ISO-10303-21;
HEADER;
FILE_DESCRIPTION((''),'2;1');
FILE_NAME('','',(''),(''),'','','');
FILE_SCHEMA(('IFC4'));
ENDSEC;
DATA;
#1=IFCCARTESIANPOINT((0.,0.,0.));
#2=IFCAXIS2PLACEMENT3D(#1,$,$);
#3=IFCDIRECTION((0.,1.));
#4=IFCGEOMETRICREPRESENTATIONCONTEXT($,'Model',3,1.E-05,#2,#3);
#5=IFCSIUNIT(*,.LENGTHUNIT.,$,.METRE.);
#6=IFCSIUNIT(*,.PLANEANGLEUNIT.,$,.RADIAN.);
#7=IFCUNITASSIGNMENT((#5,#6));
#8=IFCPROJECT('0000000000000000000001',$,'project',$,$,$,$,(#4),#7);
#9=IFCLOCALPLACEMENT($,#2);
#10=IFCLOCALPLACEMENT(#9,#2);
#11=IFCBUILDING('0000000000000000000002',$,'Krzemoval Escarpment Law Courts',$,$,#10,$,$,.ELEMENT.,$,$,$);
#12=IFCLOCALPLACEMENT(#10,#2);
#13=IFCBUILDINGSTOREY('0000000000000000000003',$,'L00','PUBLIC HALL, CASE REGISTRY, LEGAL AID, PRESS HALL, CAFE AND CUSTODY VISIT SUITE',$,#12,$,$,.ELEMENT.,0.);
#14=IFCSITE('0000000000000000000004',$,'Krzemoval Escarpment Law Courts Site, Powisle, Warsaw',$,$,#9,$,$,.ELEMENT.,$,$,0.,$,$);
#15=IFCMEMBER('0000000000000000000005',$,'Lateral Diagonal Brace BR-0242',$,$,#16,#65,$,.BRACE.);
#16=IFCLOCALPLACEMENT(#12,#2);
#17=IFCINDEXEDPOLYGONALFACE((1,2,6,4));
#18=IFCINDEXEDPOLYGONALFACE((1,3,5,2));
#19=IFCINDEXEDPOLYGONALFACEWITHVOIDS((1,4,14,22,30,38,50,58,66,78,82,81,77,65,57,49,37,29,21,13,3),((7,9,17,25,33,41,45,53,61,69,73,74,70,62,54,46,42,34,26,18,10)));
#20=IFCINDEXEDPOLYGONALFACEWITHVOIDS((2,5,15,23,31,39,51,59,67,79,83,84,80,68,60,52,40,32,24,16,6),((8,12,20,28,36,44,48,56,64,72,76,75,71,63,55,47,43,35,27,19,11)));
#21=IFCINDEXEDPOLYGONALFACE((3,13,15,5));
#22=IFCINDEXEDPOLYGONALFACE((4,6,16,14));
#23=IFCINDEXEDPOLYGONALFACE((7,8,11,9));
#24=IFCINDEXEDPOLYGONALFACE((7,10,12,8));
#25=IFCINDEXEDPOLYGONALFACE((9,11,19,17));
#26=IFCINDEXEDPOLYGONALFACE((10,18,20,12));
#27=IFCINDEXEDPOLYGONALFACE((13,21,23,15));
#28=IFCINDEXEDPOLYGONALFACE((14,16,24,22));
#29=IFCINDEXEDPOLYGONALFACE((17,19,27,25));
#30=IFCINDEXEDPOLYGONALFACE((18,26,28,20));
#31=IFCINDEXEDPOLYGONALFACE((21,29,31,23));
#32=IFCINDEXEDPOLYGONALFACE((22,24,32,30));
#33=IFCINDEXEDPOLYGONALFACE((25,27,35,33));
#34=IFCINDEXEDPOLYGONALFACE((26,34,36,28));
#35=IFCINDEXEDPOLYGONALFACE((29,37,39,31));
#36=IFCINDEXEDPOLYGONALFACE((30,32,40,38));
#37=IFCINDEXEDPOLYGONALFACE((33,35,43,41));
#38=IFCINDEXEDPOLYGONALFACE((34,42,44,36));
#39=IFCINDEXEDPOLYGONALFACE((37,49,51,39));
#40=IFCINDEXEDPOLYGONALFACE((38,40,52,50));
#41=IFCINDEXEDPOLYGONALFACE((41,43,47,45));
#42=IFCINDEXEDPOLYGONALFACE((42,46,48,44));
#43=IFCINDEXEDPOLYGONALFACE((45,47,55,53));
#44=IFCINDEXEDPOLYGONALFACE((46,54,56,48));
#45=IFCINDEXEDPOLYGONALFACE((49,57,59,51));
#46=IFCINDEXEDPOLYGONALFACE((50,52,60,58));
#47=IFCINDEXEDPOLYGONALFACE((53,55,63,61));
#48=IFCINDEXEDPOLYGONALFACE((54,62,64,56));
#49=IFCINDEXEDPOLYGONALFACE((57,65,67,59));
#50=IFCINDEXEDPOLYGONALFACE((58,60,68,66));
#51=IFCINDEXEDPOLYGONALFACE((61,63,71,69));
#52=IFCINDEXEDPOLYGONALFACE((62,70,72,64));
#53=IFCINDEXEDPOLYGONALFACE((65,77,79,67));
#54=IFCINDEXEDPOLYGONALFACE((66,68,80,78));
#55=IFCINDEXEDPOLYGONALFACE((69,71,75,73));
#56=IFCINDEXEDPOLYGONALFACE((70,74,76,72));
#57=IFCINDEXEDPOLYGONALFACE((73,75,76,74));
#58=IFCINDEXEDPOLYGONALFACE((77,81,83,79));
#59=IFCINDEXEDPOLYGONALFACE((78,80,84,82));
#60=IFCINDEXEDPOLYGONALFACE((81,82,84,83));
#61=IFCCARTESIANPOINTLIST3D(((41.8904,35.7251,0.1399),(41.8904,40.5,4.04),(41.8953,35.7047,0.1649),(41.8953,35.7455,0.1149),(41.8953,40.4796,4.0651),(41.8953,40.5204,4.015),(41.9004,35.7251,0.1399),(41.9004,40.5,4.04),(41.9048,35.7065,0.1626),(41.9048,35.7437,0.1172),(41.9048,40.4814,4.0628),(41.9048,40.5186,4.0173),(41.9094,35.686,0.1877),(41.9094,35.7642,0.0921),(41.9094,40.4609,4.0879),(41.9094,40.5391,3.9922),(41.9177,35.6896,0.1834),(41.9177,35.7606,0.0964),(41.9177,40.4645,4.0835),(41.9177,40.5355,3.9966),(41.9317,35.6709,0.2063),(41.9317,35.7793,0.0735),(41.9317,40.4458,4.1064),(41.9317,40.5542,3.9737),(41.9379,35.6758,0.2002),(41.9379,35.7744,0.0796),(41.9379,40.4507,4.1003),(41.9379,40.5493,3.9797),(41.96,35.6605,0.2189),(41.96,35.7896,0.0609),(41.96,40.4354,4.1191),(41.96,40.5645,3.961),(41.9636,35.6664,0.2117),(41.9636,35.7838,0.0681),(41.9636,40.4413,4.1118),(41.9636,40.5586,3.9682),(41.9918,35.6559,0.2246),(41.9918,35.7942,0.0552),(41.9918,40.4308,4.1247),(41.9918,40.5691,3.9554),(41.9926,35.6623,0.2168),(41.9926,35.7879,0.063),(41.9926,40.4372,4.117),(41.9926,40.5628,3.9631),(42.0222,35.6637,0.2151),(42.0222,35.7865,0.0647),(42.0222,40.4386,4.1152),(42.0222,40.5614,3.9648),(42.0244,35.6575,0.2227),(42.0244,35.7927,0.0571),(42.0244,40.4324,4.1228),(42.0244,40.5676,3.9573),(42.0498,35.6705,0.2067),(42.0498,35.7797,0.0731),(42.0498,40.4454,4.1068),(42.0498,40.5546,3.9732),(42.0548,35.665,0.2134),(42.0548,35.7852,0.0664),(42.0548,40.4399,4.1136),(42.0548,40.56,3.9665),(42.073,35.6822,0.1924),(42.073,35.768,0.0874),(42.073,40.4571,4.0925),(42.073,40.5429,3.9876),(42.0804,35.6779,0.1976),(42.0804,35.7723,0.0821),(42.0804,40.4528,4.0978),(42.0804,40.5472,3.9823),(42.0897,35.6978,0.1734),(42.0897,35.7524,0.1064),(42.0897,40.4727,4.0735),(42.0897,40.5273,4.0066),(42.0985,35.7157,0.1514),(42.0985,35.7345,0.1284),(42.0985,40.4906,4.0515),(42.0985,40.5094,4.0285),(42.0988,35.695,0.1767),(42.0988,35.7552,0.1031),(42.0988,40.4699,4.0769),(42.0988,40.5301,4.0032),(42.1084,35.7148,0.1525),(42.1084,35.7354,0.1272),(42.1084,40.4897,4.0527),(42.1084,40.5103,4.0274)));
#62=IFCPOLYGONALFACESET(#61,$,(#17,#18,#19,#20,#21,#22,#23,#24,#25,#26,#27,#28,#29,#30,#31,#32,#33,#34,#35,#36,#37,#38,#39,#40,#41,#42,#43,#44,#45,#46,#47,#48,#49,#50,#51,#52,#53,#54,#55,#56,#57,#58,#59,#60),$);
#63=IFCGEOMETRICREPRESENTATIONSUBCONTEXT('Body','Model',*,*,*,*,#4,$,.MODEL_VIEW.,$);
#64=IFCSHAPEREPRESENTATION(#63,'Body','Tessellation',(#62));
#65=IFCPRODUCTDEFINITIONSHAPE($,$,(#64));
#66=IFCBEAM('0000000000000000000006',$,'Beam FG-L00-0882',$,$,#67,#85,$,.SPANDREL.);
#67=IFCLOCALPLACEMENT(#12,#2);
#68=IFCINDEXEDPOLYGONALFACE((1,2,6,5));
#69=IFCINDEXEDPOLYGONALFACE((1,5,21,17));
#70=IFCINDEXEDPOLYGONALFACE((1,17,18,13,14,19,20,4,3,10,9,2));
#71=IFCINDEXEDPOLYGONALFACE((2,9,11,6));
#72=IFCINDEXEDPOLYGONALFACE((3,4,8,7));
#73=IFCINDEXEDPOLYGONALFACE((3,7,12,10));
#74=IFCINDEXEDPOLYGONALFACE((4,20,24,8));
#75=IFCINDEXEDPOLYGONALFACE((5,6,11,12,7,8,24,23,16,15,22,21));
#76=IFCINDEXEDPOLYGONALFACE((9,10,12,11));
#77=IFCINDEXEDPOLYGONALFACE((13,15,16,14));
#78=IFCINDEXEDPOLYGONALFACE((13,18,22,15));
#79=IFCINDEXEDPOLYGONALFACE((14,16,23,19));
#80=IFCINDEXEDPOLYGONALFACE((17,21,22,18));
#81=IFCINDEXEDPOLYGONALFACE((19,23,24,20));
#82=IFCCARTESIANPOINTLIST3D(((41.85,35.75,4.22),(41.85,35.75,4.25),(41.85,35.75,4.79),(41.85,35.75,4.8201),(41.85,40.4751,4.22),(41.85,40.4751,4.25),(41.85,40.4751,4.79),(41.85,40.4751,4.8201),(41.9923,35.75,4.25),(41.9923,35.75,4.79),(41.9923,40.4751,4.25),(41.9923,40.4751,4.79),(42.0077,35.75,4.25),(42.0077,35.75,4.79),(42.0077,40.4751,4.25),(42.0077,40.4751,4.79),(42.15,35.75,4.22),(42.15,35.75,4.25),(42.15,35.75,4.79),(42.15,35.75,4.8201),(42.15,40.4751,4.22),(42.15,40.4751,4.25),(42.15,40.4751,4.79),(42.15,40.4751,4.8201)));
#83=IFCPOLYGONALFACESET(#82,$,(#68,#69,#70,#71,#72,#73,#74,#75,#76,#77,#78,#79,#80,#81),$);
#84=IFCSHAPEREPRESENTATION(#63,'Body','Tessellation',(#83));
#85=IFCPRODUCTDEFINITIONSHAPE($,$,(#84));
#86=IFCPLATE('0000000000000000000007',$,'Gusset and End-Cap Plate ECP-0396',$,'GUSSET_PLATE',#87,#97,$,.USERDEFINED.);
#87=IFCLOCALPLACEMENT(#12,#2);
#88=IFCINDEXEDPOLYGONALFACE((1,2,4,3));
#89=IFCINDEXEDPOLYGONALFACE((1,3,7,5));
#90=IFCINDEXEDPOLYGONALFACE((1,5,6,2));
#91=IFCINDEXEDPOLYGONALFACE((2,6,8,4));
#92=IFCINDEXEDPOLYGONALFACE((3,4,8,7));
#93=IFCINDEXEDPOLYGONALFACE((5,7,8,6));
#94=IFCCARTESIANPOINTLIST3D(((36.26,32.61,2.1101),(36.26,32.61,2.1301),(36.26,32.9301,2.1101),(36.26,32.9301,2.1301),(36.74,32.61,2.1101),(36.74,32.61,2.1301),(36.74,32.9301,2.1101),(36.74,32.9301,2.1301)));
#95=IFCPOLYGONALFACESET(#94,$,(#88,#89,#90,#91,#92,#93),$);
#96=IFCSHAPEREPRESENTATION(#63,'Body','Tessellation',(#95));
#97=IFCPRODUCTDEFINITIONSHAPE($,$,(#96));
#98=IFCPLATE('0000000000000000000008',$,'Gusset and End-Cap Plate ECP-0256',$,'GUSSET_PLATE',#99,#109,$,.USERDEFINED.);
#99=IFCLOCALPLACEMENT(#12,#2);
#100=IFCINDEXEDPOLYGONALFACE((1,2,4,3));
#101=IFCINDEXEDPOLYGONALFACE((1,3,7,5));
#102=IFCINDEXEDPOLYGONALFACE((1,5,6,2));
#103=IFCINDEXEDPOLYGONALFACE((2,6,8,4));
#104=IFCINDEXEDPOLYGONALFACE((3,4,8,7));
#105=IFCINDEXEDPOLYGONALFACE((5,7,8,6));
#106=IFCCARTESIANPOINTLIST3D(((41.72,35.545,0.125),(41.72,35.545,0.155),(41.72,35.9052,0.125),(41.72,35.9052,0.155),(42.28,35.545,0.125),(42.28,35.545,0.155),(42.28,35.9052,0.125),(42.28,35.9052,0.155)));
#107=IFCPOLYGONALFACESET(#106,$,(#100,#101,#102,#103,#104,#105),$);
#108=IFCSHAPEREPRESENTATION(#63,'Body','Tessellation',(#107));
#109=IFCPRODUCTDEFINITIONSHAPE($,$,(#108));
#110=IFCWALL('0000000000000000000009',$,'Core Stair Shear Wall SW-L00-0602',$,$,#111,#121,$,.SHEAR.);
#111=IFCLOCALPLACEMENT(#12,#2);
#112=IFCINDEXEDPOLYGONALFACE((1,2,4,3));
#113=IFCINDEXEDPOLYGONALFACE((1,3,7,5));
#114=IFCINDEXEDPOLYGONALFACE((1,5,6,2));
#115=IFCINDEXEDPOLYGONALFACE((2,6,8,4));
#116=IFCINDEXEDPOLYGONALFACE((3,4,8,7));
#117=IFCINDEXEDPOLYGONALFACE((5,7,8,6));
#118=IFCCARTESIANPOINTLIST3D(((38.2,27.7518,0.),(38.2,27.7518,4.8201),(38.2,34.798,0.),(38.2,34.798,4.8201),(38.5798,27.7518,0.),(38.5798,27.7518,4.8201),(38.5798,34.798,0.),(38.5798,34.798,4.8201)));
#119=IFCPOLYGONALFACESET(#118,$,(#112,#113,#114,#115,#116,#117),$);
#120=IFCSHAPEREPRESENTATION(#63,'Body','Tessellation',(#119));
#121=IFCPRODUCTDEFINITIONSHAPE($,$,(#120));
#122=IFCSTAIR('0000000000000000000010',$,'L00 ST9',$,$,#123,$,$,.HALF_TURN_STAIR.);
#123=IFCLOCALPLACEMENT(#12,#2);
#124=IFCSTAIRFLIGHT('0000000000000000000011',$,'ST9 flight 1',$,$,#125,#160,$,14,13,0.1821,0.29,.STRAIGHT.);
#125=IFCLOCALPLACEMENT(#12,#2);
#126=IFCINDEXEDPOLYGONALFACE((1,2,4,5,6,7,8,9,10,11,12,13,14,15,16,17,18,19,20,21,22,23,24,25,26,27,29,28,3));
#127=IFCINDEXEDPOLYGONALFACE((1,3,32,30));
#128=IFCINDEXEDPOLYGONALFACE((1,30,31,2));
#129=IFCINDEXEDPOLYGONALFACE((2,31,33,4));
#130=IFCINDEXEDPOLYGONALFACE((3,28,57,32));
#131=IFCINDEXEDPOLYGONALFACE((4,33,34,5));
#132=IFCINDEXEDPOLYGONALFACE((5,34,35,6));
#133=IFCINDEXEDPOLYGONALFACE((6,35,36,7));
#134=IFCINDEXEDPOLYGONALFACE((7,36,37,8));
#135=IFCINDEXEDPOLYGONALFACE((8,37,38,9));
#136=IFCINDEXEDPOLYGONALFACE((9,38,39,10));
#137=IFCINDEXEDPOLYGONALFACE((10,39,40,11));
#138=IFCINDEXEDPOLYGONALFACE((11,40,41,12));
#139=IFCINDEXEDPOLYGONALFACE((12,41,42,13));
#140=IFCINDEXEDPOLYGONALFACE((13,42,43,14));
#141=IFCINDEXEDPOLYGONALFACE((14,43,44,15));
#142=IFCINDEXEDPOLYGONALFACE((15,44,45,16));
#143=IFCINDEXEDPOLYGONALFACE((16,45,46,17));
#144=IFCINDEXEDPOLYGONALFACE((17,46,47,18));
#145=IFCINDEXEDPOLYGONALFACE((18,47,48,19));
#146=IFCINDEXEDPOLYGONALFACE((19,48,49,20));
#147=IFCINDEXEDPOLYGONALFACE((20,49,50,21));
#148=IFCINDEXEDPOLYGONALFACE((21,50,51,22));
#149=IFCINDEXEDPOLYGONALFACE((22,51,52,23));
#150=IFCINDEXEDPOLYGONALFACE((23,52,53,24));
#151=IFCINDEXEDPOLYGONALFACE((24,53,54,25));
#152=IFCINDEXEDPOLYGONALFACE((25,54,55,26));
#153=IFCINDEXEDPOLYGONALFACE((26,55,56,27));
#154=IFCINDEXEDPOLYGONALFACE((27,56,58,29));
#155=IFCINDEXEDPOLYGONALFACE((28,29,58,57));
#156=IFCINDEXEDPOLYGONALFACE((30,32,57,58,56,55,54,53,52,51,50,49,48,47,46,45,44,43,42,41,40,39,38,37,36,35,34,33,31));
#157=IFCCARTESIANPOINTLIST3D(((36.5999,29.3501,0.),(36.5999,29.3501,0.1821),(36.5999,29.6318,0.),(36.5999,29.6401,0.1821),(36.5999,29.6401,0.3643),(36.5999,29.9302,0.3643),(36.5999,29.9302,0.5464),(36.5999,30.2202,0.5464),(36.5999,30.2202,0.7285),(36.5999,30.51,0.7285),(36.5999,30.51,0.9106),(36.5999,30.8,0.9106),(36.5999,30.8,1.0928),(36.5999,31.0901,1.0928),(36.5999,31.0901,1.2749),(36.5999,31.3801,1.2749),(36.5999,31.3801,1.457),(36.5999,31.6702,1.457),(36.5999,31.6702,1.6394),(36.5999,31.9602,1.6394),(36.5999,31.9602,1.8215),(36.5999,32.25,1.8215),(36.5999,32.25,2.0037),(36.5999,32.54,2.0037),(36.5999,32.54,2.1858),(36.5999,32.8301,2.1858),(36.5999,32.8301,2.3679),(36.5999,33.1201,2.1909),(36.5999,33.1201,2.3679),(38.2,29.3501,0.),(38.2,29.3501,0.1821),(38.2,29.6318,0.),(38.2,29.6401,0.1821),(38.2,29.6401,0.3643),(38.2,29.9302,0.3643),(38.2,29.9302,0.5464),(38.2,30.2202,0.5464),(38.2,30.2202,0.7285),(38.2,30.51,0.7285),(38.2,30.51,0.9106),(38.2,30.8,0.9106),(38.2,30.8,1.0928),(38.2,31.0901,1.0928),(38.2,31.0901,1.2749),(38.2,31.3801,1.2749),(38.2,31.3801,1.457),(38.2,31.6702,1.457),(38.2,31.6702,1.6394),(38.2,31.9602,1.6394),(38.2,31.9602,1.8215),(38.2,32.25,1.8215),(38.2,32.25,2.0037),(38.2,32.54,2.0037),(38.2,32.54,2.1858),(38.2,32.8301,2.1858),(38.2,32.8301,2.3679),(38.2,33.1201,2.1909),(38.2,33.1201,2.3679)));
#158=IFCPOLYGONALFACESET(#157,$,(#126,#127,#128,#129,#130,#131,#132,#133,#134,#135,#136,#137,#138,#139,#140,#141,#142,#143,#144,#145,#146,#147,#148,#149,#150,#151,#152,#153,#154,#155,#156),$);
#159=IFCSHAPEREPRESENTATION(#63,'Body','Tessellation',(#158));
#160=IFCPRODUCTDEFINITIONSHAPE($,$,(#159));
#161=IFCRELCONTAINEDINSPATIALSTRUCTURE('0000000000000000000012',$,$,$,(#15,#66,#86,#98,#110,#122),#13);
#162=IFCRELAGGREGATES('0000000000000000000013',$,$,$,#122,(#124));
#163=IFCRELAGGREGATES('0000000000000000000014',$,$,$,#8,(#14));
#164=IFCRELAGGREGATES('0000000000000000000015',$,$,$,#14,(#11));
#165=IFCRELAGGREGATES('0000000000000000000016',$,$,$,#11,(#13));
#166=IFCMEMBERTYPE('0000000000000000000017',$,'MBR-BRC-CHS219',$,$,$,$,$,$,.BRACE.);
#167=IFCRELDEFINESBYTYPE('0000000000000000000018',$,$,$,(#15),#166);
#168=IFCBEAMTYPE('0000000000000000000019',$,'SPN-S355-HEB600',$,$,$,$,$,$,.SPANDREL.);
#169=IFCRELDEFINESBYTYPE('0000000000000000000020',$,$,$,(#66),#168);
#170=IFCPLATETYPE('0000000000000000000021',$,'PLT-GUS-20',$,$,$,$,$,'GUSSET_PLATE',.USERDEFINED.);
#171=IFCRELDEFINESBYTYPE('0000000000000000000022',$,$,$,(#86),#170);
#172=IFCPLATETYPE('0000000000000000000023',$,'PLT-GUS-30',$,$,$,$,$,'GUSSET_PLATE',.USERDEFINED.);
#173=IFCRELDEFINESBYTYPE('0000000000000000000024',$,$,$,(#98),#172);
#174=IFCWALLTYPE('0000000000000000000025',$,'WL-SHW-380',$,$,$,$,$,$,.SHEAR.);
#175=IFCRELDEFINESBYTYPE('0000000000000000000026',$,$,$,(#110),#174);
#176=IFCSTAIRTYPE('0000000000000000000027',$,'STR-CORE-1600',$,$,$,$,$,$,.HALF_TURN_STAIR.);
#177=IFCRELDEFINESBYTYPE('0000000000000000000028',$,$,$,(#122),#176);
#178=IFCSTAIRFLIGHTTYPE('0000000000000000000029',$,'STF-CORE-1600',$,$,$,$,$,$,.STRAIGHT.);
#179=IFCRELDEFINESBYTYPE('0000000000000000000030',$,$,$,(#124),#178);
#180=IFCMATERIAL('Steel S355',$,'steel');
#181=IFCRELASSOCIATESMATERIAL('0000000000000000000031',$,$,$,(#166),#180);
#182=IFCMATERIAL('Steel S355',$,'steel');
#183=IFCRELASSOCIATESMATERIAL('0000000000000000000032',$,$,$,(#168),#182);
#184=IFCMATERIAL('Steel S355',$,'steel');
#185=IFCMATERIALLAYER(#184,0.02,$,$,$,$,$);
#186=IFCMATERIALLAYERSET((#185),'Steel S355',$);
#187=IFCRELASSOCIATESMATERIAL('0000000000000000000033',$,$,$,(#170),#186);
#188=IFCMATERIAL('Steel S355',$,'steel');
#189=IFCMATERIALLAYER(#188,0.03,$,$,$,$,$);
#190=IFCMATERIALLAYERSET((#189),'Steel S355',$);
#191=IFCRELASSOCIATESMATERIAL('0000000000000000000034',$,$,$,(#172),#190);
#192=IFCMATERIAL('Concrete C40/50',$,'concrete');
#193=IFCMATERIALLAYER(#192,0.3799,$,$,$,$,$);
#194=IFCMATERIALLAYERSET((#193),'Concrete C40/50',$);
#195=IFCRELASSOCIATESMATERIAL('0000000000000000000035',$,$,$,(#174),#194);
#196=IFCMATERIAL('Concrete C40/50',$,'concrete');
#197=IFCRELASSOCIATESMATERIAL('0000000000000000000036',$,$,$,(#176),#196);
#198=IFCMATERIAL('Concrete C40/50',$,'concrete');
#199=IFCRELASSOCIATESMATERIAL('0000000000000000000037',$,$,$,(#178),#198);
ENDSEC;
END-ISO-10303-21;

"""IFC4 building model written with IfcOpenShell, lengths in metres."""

from ifc_helpers import new_model, si_unit, direction, frame, frame_2d, origin, origin_2d, place, context, subcontext, project, spatial, polyline, rectangle, hollow_circle, i_section, outline, extrude, material, layer, layer_set, material_profile, profile_set, type_object, element, aggregate, save


model = new_model("IFC4")

# Units and contexts
model_context = context("Model", 3, precision=1e-05, world=origin(), true_north=direction((0.0, 1.0)))
body_context = subcontext(model_context, "Body", "Model", "MODEL_VIEW")
ifc_project = project(units=[si_unit("LENGTHUNIT", "METRE"), si_unit("PLANEANGLEUNIT", "RADIAN")], contexts=[model_context])

# Site, building, storey
site_placement = place(None, origin())
site = spatial("IfcSite", under=ifc_project, at=site_placement, Name="Krzemoval Escarpment Law Courts Site, Powisle, Warsaw", CompositionType="ELEMENT", RefElevation=0.0)
building_placement = place(site_placement, origin())
building = spatial("IfcBuilding", under=site, at=building_placement, Name="Krzemoval Escarpment Law Courts", CompositionType="ELEMENT")
storey_placement = place(building_placement, origin())
storey = spatial("IfcBuildingStorey", under=building, at=storey_placement, Name="L00", Description="PUBLIC HALL, CASE REGISTRY, LEGAL AID, PRESS HALL, CAFE AND CUSTODY VISIT SUITE", CompositionType="ELEMENT", Elevation=0.0)

# Member
ifc_material_1 = material(Name="Steel S355", Category="steel")
ifc_material_profile_1 = material_profile(ifc_material_1, hollow_circle(Radius=0.1096, WallThickness=0.01, at=origin_2d()), Name="CHS 219.1x10")
ifc_profile_set_1 = profile_set([ifc_material_profile_1], Name="Steel S355")
member_type = type_object("IfcMemberType", Name="MBR-BRC-CHS219", PredefinedType="BRACE", material=ifc_profile_set_1)
member_placement = place(storey_placement, frame((42.0, 35.7251, 0.1399), z_axis=(0.0, 0.774481, 0.632597), x_axis=(-1.0, 0.0, 0.0)))
element("IfcMember", 1, at=member_placement, inside=storey, type_object=member_type, Name="Lateral Diagonal Brace BR-0242", PredefinedType="BRACE", context=body_context, shape_type="SweptSolid", body=[
    extrude(hollow_circle(Radius=0.1096, WallThickness=0.01, at=origin_2d()), origin(), (0.0, 0.0, 1.0), 6.1653),
])

# Beam
ifc_material_2 = material(Name="Steel S355", Category="steel")
ifc_material_profile_2 = material_profile(ifc_material_2, i_section(OverallWidth=0.3, OverallDepth=0.6001, WebThickness=0.0154, FlangeThickness=0.03, at=origin_2d()), Name="HEB 600")
ifc_profile_set_2 = profile_set([ifc_material_profile_2], Name="Steel S355")
beam_type_1 = type_object("IfcBeamType", Name="SPN-S355-HEB600", PredefinedType="SPANDREL", material=ifc_profile_set_2)
beam_1_placement = place(storey_placement, frame((42.0, 35.75, 4.52), z_axis=(0.0, 1.0, 0.0), x_axis=(-1.0, 0.0, 0.0)))
element("IfcBeam", 2, at=beam_1_placement, inside=storey, type_object=beam_type_1, Name="Beam FG-L00-0882", PredefinedType="SPANDREL", context=body_context, shape_type="SweptSolid", body=[
    extrude(i_section(OverallWidth=0.3, OverallDepth=0.6001, WebThickness=0.0154, FlangeThickness=0.03, at=origin_2d()), origin(), (0.0, 0.0, 1.0), 4.7251),
])

# Plates
ifc_material_3 = material(Name="Steel S355", Category="steel")
ifc_layer_1 = layer(ifc_material_3, 0.02)
ifc_layer_set_1 = layer_set([ifc_layer_1], Name="Steel S355")
plate_type_1 = type_object("IfcPlateType", Name="PLT-GUS-20", ElementType="GUSSET_PLATE", PredefinedType="USERDEFINED", material=ifc_layer_set_1)
plate_1_placement = place(storey_placement, frame((36.5, 32.77, 2.1101), z_axis=(0.0, 0.0, 1.0), x_axis=(1.0, 0.0, 0.0)))
element("IfcPlate", 3, at=plate_1_placement, inside=storey, type_object=plate_type_1, Name="Gusset and End-Cap Plate ECP-0396", ObjectType="GUSSET_PLATE", PredefinedType="USERDEFINED", context=body_context, shape_type="SweptSolid", body=[
    extrude(rectangle(XDim=0.48, YDim=0.3201, at=origin_2d()), origin(), (0.0, 0.0, 1.0), 0.02),
])
ifc_material_4 = material(Name="Steel S355", Category="steel")
ifc_layer_2 = layer(ifc_material_4, 0.03)
ifc_layer_set_2 = layer_set([ifc_layer_2], Name="Steel S355")
plate_type_2 = type_object("IfcPlateType", Name="PLT-GUS-30", ElementType="GUSSET_PLATE", PredefinedType="USERDEFINED", material=ifc_layer_set_2)
plate_2_placement = place(storey_placement, frame((42.0, 35.7251, 0.125), z_axis=(0.0, 0.0, 1.0), x_axis=(1.0, 0.0, 0.0)))
element("IfcPlate", 4, at=plate_2_placement, inside=storey, type_object=plate_type_2, Name="Gusset and End-Cap Plate ECP-0256", ObjectType="GUSSET_PLATE", PredefinedType="USERDEFINED", context=body_context, shape_type="SweptSolid", body=[
    extrude(rectangle(XDim=0.5601, YDim=0.3601, at=origin_2d()), origin(), (0.0, 0.0, 1.0), 0.03),
])

# Wall
ifc_material_5 = material(Name="Concrete C40/50", Category="concrete")
ifc_layer_3 = layer(ifc_material_5, 0.3799)
ifc_layer_set_3 = layer_set([ifc_layer_3], Name="Concrete C40/50")
wall_type = type_object("IfcWallType", Name="WL-SHW-380", PredefinedType="SHEAR", material=ifc_layer_set_3)
wall_placement = place(storey_placement, frame((38.3899, 27.752, 0.0), z_axis=(0.0, 0.0, 1.0), x_axis=(0.0, 1.0, 0.0)))
element("IfcWall", 5, at=wall_placement, inside=storey, type_object=wall_type, Name="Core Stair Shear Wall SW-L00-0602", PredefinedType="SHEAR", context=body_context, shape_type="SweptSolid", body=[
    extrude(rectangle(XDim=7.0461, YDim=0.3799, at=frame_2d((3.5229, 0.0))), origin(), (0.0, 0.0, 1.0), 4.8201),
])

# Stair, stair flight
ifc_material_6 = material(Name="Concrete C40/50", Category="concrete")
stair_type = type_object("IfcStairType", Name="STR-CORE-1600", PredefinedType="HALF_TURN_STAIR", material=ifc_material_6)
stair_placement = place(storey_placement, origin())
stair = element("IfcStair", 6, at=stair_placement, inside=storey, type_object=stair_type, Name="L00 ST9", PredefinedType="HALF_TURN_STAIR")
ifc_material_7 = material(Name="Concrete C40/50", Category="concrete")
stair_flight_type = type_object("IfcStairFlightType", Name="STF-CORE-1600", PredefinedType="STRAIGHT", material=ifc_material_7)
stair_flight_placement = place(storey_placement, frame((37.3999, 29.3501, 0.0), z_axis=(0.0, 0.0, 1.0), x_axis=(0.0, 1.0, 0.0)))
stair_flight = element("IfcStairFlight", 7, at=stair_flight_placement, type_object=stair_flight_type, Name="ST9 flight 1", NumberOfRisers=14, NumberOfTreads=13, PredefinedType="STRAIGHT", RiserHeight=0.1821, TreadLength=0.29, context=body_context, shape_type="SweptSolid", body=[
    extrude(outline(polyline([(0.0, 0.0), (0.0, 0.1821), (0.29, 0.1821), (0.29, 0.3643), (0.5801, 0.3643), (0.5801, 0.5464), (0.8701, 0.5464), (0.8701, 0.7285), (1.1599, 0.7285), (1.1599, 0.9106), (1.45, 0.9106), (1.45, 1.0928), (1.74, 1.0928), (1.74, 1.2749), (2.03, 1.2749), (2.03, 1.457), (2.3201, 1.457), (2.3201, 1.6394), (2.6101, 1.6394), (2.6101, 1.8215), (2.8999, 1.8215), (2.8999, 2.0037), (3.1899, 2.0037), (3.1899, 2.1858), (3.48, 2.1858), (3.48, 2.3679), (3.77, 2.3679), (3.77, 2.55), (3.77, 2.1909), (0.2817, 0.0), (0.0, 0.0)])), frame((0.0, 0.8, 0.0), z_axis=(0.0, -1.0, 0.0), x_axis=(1.0, 0.0, 0.0)), (0.0, 0.0, 1.0), 1.6001),
])
aggregate(stair, [stair_flight])

save(model, "model.ifc")
